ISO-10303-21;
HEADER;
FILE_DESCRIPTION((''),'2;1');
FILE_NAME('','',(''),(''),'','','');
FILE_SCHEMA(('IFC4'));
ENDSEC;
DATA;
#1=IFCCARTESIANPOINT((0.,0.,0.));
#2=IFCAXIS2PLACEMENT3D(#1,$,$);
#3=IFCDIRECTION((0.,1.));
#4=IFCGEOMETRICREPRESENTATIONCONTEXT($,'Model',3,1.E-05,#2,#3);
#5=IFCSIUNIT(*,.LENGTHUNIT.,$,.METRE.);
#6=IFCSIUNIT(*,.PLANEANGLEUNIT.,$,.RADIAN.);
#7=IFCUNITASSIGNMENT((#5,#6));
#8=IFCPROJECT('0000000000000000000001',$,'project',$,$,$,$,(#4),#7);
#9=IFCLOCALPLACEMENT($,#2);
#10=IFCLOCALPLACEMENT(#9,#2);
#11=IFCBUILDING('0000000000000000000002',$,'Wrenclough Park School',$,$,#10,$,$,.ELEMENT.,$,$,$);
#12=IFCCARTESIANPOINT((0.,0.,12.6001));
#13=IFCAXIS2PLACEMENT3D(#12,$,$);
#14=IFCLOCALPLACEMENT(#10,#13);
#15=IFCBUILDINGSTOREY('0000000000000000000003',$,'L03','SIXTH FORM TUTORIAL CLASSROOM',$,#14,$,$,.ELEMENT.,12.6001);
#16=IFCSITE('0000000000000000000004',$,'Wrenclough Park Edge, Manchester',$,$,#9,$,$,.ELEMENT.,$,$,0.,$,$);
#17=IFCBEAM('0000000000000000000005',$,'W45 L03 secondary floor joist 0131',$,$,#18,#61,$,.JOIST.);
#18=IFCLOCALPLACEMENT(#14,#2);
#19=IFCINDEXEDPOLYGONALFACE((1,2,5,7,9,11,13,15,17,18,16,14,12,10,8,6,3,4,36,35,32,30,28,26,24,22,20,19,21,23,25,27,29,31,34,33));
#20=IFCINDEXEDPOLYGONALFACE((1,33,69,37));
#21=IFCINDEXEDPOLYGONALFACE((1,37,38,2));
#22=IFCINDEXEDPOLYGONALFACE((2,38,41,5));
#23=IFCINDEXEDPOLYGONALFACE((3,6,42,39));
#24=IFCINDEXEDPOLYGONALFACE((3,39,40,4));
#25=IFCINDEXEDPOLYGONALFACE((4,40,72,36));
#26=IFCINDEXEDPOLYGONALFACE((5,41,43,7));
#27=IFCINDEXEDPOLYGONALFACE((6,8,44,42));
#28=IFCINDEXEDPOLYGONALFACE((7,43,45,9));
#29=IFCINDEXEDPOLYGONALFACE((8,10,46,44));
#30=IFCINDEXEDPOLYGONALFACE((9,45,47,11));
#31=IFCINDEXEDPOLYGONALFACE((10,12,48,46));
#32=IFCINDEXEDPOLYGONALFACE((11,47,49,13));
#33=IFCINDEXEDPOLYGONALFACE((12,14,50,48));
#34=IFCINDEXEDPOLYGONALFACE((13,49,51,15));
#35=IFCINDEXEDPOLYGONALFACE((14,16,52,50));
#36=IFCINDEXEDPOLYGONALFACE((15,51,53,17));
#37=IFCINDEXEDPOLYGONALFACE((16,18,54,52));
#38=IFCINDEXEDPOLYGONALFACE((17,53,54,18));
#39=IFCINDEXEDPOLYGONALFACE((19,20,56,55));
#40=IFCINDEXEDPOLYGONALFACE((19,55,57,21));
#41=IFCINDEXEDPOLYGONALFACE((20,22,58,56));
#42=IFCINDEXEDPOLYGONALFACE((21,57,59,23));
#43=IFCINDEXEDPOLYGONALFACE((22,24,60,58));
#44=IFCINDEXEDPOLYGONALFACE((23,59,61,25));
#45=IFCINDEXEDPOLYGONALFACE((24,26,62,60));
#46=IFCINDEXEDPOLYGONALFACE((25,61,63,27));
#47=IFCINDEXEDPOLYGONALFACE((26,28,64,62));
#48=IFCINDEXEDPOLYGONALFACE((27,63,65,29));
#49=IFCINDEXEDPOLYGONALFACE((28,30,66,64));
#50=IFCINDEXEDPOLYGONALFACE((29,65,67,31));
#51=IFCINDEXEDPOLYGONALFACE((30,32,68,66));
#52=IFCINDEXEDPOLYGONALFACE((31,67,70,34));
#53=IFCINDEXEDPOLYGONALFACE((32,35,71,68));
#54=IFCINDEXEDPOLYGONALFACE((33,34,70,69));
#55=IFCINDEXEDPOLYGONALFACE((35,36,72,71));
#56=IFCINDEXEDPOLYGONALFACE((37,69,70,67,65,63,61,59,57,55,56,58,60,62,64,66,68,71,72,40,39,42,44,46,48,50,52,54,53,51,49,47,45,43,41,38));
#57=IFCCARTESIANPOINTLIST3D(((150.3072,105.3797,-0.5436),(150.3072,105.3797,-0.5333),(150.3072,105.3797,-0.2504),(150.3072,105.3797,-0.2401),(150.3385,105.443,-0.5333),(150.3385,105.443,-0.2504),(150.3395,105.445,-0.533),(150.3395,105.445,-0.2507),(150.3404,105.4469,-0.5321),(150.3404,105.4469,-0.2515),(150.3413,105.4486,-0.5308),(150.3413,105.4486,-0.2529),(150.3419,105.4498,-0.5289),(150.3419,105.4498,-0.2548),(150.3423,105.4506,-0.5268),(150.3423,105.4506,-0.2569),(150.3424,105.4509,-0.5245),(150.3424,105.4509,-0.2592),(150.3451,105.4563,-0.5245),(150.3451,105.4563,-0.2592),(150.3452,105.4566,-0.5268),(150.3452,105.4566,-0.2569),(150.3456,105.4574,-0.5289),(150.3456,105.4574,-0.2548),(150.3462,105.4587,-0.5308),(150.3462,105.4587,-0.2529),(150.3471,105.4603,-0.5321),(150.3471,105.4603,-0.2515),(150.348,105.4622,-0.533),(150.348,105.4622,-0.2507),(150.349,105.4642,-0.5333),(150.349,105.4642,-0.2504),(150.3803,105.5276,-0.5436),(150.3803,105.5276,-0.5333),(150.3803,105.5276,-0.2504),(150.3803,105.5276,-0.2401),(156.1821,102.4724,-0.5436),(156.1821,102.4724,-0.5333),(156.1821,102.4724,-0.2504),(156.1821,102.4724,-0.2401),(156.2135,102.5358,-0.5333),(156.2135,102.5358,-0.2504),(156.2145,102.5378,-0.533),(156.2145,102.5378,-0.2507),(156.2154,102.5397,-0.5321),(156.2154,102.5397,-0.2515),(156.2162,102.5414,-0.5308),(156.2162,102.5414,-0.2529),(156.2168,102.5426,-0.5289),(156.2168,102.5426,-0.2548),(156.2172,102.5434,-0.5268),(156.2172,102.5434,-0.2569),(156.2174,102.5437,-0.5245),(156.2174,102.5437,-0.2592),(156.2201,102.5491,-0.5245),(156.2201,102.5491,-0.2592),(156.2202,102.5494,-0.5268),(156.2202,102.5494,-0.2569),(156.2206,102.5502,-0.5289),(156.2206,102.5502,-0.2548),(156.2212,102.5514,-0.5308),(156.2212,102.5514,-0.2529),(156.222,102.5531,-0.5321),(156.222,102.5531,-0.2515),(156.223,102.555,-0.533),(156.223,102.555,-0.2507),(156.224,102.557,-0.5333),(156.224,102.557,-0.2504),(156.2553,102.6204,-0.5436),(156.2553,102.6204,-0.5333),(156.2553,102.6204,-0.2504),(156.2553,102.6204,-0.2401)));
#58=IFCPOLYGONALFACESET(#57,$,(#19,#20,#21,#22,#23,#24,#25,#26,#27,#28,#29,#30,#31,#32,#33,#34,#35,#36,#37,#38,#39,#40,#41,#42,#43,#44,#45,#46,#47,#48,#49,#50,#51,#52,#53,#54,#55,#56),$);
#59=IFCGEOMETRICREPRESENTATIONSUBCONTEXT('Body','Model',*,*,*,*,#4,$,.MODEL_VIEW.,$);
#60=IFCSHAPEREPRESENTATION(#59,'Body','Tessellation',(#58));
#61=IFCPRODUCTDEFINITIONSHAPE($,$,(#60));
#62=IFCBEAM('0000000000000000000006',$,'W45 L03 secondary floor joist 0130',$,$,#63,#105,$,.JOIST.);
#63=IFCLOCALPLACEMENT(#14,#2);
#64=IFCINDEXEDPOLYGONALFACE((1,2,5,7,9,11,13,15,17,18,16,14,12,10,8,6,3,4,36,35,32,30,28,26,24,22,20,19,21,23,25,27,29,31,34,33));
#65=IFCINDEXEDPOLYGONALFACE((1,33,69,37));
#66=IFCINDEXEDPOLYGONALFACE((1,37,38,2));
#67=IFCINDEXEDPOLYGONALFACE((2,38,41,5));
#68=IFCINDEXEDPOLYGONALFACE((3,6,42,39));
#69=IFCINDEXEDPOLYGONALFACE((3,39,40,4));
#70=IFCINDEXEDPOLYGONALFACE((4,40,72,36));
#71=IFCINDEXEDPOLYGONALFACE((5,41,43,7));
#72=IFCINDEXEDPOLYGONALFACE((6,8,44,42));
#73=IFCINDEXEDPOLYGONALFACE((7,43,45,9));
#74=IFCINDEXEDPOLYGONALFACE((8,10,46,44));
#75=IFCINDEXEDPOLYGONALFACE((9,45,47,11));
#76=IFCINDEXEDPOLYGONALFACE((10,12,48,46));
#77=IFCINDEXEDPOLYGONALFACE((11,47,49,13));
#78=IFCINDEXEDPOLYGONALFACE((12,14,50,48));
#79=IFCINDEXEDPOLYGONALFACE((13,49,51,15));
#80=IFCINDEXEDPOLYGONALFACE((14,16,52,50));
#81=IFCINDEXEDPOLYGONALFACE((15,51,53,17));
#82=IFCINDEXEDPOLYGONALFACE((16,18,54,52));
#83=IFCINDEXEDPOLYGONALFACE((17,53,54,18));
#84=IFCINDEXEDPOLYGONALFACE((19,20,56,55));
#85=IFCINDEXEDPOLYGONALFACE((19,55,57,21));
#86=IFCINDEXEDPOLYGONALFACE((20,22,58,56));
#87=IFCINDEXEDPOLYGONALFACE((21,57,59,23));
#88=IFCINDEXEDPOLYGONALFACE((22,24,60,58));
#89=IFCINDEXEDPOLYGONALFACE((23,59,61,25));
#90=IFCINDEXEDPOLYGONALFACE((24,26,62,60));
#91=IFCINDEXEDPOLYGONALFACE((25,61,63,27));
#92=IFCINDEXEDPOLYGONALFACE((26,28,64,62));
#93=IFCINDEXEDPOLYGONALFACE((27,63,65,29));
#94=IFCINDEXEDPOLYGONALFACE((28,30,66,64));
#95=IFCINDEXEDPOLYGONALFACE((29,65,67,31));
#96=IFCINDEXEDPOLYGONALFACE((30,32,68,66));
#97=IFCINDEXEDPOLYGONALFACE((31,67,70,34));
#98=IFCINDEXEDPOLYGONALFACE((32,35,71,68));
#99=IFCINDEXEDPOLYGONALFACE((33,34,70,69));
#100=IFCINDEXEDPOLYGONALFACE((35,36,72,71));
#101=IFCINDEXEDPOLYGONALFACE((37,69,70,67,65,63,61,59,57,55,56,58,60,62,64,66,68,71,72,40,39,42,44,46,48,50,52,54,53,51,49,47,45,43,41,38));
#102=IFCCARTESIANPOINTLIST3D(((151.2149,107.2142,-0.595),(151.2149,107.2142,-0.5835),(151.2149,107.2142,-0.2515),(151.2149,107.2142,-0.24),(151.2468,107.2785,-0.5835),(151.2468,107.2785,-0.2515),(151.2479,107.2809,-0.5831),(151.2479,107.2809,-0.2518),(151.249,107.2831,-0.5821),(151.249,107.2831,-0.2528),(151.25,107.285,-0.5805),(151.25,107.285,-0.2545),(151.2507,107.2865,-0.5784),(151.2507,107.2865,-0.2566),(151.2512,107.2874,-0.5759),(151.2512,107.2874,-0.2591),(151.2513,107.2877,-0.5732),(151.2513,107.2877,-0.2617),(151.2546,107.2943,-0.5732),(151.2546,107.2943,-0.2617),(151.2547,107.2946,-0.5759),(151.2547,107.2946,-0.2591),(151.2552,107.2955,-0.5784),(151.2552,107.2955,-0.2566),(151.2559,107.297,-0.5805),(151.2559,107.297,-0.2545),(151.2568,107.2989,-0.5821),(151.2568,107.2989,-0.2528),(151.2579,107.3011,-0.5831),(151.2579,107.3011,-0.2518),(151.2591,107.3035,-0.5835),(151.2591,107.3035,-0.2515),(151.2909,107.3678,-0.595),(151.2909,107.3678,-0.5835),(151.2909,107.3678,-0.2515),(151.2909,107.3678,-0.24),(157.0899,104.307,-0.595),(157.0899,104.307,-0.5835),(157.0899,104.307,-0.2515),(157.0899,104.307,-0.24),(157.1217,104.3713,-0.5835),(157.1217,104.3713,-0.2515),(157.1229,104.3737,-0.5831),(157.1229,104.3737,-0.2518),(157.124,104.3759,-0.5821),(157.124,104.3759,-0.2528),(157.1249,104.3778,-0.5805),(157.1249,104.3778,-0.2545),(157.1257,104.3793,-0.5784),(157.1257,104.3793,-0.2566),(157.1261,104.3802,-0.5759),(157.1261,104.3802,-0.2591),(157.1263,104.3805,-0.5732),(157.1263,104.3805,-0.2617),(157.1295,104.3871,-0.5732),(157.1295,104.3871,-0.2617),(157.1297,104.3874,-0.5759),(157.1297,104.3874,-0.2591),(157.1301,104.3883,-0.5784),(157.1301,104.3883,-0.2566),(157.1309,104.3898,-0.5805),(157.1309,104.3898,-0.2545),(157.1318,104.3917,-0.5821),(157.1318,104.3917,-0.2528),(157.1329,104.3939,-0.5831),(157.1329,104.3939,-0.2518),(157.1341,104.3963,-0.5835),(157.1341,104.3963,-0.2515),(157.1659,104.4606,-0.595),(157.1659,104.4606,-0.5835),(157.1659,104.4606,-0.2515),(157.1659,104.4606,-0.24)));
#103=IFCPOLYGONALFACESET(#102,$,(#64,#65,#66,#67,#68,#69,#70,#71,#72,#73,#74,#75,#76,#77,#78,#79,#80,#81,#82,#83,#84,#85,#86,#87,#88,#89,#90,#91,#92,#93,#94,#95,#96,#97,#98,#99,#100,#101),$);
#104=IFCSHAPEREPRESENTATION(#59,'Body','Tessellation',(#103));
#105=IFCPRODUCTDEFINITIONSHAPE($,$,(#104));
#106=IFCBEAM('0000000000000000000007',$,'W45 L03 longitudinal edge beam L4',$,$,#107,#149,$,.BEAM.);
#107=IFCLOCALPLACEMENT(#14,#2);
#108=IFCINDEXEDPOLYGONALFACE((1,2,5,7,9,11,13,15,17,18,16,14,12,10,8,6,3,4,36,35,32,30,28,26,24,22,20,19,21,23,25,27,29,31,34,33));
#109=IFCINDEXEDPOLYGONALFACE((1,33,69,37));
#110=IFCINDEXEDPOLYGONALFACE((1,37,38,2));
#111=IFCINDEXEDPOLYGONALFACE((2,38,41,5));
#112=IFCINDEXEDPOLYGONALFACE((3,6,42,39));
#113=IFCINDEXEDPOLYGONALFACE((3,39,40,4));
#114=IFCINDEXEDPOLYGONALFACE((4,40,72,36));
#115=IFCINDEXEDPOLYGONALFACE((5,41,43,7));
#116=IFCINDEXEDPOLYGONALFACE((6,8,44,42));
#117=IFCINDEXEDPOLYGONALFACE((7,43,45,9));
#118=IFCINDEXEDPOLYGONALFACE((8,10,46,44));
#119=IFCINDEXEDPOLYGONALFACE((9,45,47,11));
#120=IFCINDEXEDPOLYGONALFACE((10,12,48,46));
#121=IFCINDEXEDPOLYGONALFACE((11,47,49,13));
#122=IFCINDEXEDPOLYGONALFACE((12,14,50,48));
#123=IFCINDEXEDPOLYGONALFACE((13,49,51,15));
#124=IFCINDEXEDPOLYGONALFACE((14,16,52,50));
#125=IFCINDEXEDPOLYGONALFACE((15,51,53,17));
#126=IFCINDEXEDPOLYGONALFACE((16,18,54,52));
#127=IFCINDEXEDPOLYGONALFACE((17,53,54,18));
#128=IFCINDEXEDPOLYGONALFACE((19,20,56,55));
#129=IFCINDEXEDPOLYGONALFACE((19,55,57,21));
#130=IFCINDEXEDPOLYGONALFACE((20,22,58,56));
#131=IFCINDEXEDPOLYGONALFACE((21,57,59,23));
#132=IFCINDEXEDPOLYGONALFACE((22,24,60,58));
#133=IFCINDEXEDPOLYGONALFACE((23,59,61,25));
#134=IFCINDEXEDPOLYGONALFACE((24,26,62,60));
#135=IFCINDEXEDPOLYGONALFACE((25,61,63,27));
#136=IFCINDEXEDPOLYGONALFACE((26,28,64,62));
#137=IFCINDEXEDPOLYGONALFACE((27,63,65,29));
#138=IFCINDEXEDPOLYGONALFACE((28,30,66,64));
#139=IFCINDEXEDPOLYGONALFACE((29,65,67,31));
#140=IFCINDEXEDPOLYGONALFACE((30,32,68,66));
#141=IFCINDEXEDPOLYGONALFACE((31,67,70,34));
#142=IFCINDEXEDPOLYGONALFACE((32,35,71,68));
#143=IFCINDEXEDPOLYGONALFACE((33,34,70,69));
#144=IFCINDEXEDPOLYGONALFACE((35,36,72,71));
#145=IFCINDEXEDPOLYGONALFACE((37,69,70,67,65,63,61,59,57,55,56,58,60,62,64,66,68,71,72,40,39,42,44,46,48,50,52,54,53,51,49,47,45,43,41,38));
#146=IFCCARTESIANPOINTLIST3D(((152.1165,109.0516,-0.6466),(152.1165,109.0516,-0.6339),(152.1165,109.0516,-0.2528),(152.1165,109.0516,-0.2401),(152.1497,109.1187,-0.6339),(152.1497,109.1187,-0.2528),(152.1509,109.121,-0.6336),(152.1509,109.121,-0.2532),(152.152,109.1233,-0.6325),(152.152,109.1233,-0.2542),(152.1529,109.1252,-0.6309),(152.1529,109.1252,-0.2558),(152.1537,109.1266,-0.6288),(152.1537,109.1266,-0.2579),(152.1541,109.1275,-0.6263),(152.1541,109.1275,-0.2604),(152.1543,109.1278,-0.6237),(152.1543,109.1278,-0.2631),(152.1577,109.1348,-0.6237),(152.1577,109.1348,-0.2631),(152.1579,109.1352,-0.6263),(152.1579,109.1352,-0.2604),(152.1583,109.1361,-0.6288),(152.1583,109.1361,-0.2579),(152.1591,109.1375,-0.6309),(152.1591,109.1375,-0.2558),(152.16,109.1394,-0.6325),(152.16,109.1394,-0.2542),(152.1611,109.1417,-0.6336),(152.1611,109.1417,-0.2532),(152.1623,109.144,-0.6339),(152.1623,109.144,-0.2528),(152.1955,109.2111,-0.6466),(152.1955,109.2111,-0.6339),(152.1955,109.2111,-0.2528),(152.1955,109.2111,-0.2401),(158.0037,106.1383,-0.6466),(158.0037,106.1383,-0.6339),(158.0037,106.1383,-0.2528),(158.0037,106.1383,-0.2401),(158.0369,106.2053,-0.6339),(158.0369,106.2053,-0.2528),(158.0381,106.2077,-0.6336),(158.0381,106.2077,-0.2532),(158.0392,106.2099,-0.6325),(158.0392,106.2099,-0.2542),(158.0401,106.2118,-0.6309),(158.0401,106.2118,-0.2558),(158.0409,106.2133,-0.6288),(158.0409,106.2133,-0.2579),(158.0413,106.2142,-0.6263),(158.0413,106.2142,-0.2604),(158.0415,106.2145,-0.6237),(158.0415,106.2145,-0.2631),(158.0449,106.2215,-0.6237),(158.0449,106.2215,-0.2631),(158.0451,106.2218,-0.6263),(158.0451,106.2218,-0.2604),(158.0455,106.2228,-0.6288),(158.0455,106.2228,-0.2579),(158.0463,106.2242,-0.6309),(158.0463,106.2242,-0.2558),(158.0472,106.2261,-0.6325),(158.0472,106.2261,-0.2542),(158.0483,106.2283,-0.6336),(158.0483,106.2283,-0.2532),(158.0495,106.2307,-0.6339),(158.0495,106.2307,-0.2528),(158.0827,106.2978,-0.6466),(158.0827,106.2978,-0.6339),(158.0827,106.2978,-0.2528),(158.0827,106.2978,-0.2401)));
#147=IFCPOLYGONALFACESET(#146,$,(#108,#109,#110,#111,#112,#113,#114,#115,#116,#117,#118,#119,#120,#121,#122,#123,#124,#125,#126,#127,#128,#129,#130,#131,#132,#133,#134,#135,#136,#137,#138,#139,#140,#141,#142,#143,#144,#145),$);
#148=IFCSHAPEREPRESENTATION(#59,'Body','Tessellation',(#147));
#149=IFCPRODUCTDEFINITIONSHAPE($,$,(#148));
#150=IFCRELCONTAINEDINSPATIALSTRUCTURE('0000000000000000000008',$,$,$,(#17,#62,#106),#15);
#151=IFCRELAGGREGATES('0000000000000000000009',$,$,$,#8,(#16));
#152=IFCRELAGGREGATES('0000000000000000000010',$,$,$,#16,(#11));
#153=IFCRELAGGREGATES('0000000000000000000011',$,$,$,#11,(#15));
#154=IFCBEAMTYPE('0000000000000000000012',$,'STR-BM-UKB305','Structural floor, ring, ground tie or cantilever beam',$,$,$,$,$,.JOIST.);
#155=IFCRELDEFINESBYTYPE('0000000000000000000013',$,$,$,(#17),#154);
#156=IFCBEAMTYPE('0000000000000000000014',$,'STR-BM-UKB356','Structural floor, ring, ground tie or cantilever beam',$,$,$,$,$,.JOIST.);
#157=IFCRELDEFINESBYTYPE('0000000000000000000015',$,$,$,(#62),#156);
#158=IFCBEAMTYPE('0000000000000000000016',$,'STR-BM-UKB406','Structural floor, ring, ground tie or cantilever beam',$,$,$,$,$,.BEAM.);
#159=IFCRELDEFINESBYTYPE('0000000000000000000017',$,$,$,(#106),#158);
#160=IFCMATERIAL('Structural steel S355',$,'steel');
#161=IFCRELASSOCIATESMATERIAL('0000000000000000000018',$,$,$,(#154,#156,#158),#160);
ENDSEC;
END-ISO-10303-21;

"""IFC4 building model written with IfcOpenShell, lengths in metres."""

from ifc_helpers import new_model, si_unit, direction, frame, origin, origin_2d, place, context, subcontext, project, spatial, i_section, extrude, material, material_profile, profile_set, type_object, element, save


model = new_model("IFC4")

# Units and contexts
model_context = context("Model", 3, precision=1e-05, world=origin(), true_north=direction((0.0, 1.0)))
body_context = subcontext(model_context, "Body", "Model", "MODEL_VIEW")
ifc_project = project(units=[si_unit("LENGTHUNIT", "METRE"), si_unit("PLANEANGLEUNIT", "RADIAN")], contexts=[model_context])

# Site, building, storey
site_placement = place(None, origin())
site = spatial("IfcSite", under=ifc_project, at=site_placement, Name="Wrenclough Park Edge, Manchester", CompositionType="ELEMENT", RefElevation=0.0)
building_placement = place(site_placement, origin())
building = spatial("IfcBuilding", under=site, at=building_placement, Name="Wrenclough Park School", CompositionType="ELEMENT")
storey_placement = place(building_placement, frame((0.0, 0.0, 12.6001)))
storey = spatial("IfcBuildingStorey", under=building, at=storey_placement, Name="L03", Description="SIXTH FORM TUTORIAL CLASSROOM", CompositionType="ELEMENT", Elevation=12.6001)

# Shared definitions
ifc_material_1 = material(Name="Structural steel S355", Category="steel")

# Beams
ifc_material_profile_1 = material_profile(ifc_material_1, i_section(OverallWidth=0.165, OverallDepth=0.3035, WebThickness=0.0061, FlangeThickness=0.0103, FilletRadius=0.0088, at=origin_2d()), Name="UKB 305x165x40")
ifc_profile_set_1 = profile_set([ifc_material_profile_1], Name="Structural steel S355")
beam_type_1 = type_object("IfcBeamType", Name="STR-BM-UKB305", Description="Structural floor, ring, ground tie or cantilever beam", PredefinedType="JOIST", material=ifc_profile_set_1)
beam_1_placement = place(storey_placement, frame((150.3438, 105.4536, -0.3918), z_axis=(0.896267, -0.443515, 0.0), x_axis=(0.443515, 0.896267, 0.0)))
element("IfcBeam", 1, at=beam_1_placement, inside=storey, type_object=beam_type_1, Name="W45 L03 secondary floor joist 0131", PredefinedType="JOIST", context=body_context, shape_type="SweptSolid", body=[
    extrude(i_section(OverallWidth=0.165, OverallDepth=0.3035, WebThickness=0.0061, FlangeThickness=0.0103, FilletRadius=0.0088, at=origin_2d()), origin(), (0.0, 0.0, 1.0), 6.5549),
])
ifc_material_profile_2 = material_profile(ifc_material_1, i_section(OverallWidth=0.1714, OverallDepth=0.355, WebThickness=0.0073, FlangeThickness=0.0115, FilletRadius=0.0103, at=origin_2d()), Name="UKB 356x171x51")
ifc_profile_set_2 = profile_set([ifc_material_profile_2], Name="Structural steel S355")
beam_type_2 = type_object("IfcBeamType", Name="STR-BM-UKB356", Description="Structural floor, ring, ground tie or cantilever beam", PredefinedType="JOIST", material=ifc_profile_set_2)
beam_2_placement = place(storey_placement, frame((151.2529, 107.291, -0.4175), z_axis=(0.896267, -0.443515, 0.0), x_axis=(0.443515, 0.896267, 0.0)))
element("IfcBeam", 2, at=beam_2_placement, inside=storey, type_object=beam_type_2, Name="W45 L03 secondary floor joist 0130", PredefinedType="JOIST", context=body_context, shape_type="SweptSolid", body=[
    extrude(i_section(OverallWidth=0.1714, OverallDepth=0.355, WebThickness=0.0073, FlangeThickness=0.0115, FilletRadius=0.0103, at=origin_2d()), origin(), (0.0, 0.0, 1.0), 6.5549),
])
ifc_material_profile_3 = material_profile(ifc_material_1, i_section(OverallWidth=0.178, OverallDepth=0.4065, WebThickness=0.0078, FlangeThickness=0.0127, FilletRadius=0.0103, at=origin_2d()), Name="UKB 406x178x60")
ifc_profile_set_3 = profile_set([ifc_material_profile_3], Name="Structural steel S355")
beam_type_3 = type_object("IfcBeamType", Name="STR-BM-UKB406", Description="Structural floor, ring, ground tie or cantilever beam", PredefinedType="BEAM", material=ifc_profile_set_3)
beam_3_placement = place(storey_placement, frame((152.156, 109.1313, -0.4434), z_axis=(0.896263, -0.443523, 0.0), x_axis=(0.443523, 0.896263, 0.0)))
element("IfcBeam", 3, at=beam_3_placement, inside=storey, type_object=beam_type_3, Name="W45 L03 longitudinal edge beam L4", PredefinedType="BEAM", context=body_context, shape_type="SweptSolid", body=[
    extrude(i_section(OverallWidth=0.178, OverallDepth=0.4065, WebThickness=0.0078, FlangeThickness=0.0127, FilletRadius=0.0103, at=origin_2d()), origin(), (0.0, 0.0, 1.0), 6.5686),
])

save(model, "model.ifc")
